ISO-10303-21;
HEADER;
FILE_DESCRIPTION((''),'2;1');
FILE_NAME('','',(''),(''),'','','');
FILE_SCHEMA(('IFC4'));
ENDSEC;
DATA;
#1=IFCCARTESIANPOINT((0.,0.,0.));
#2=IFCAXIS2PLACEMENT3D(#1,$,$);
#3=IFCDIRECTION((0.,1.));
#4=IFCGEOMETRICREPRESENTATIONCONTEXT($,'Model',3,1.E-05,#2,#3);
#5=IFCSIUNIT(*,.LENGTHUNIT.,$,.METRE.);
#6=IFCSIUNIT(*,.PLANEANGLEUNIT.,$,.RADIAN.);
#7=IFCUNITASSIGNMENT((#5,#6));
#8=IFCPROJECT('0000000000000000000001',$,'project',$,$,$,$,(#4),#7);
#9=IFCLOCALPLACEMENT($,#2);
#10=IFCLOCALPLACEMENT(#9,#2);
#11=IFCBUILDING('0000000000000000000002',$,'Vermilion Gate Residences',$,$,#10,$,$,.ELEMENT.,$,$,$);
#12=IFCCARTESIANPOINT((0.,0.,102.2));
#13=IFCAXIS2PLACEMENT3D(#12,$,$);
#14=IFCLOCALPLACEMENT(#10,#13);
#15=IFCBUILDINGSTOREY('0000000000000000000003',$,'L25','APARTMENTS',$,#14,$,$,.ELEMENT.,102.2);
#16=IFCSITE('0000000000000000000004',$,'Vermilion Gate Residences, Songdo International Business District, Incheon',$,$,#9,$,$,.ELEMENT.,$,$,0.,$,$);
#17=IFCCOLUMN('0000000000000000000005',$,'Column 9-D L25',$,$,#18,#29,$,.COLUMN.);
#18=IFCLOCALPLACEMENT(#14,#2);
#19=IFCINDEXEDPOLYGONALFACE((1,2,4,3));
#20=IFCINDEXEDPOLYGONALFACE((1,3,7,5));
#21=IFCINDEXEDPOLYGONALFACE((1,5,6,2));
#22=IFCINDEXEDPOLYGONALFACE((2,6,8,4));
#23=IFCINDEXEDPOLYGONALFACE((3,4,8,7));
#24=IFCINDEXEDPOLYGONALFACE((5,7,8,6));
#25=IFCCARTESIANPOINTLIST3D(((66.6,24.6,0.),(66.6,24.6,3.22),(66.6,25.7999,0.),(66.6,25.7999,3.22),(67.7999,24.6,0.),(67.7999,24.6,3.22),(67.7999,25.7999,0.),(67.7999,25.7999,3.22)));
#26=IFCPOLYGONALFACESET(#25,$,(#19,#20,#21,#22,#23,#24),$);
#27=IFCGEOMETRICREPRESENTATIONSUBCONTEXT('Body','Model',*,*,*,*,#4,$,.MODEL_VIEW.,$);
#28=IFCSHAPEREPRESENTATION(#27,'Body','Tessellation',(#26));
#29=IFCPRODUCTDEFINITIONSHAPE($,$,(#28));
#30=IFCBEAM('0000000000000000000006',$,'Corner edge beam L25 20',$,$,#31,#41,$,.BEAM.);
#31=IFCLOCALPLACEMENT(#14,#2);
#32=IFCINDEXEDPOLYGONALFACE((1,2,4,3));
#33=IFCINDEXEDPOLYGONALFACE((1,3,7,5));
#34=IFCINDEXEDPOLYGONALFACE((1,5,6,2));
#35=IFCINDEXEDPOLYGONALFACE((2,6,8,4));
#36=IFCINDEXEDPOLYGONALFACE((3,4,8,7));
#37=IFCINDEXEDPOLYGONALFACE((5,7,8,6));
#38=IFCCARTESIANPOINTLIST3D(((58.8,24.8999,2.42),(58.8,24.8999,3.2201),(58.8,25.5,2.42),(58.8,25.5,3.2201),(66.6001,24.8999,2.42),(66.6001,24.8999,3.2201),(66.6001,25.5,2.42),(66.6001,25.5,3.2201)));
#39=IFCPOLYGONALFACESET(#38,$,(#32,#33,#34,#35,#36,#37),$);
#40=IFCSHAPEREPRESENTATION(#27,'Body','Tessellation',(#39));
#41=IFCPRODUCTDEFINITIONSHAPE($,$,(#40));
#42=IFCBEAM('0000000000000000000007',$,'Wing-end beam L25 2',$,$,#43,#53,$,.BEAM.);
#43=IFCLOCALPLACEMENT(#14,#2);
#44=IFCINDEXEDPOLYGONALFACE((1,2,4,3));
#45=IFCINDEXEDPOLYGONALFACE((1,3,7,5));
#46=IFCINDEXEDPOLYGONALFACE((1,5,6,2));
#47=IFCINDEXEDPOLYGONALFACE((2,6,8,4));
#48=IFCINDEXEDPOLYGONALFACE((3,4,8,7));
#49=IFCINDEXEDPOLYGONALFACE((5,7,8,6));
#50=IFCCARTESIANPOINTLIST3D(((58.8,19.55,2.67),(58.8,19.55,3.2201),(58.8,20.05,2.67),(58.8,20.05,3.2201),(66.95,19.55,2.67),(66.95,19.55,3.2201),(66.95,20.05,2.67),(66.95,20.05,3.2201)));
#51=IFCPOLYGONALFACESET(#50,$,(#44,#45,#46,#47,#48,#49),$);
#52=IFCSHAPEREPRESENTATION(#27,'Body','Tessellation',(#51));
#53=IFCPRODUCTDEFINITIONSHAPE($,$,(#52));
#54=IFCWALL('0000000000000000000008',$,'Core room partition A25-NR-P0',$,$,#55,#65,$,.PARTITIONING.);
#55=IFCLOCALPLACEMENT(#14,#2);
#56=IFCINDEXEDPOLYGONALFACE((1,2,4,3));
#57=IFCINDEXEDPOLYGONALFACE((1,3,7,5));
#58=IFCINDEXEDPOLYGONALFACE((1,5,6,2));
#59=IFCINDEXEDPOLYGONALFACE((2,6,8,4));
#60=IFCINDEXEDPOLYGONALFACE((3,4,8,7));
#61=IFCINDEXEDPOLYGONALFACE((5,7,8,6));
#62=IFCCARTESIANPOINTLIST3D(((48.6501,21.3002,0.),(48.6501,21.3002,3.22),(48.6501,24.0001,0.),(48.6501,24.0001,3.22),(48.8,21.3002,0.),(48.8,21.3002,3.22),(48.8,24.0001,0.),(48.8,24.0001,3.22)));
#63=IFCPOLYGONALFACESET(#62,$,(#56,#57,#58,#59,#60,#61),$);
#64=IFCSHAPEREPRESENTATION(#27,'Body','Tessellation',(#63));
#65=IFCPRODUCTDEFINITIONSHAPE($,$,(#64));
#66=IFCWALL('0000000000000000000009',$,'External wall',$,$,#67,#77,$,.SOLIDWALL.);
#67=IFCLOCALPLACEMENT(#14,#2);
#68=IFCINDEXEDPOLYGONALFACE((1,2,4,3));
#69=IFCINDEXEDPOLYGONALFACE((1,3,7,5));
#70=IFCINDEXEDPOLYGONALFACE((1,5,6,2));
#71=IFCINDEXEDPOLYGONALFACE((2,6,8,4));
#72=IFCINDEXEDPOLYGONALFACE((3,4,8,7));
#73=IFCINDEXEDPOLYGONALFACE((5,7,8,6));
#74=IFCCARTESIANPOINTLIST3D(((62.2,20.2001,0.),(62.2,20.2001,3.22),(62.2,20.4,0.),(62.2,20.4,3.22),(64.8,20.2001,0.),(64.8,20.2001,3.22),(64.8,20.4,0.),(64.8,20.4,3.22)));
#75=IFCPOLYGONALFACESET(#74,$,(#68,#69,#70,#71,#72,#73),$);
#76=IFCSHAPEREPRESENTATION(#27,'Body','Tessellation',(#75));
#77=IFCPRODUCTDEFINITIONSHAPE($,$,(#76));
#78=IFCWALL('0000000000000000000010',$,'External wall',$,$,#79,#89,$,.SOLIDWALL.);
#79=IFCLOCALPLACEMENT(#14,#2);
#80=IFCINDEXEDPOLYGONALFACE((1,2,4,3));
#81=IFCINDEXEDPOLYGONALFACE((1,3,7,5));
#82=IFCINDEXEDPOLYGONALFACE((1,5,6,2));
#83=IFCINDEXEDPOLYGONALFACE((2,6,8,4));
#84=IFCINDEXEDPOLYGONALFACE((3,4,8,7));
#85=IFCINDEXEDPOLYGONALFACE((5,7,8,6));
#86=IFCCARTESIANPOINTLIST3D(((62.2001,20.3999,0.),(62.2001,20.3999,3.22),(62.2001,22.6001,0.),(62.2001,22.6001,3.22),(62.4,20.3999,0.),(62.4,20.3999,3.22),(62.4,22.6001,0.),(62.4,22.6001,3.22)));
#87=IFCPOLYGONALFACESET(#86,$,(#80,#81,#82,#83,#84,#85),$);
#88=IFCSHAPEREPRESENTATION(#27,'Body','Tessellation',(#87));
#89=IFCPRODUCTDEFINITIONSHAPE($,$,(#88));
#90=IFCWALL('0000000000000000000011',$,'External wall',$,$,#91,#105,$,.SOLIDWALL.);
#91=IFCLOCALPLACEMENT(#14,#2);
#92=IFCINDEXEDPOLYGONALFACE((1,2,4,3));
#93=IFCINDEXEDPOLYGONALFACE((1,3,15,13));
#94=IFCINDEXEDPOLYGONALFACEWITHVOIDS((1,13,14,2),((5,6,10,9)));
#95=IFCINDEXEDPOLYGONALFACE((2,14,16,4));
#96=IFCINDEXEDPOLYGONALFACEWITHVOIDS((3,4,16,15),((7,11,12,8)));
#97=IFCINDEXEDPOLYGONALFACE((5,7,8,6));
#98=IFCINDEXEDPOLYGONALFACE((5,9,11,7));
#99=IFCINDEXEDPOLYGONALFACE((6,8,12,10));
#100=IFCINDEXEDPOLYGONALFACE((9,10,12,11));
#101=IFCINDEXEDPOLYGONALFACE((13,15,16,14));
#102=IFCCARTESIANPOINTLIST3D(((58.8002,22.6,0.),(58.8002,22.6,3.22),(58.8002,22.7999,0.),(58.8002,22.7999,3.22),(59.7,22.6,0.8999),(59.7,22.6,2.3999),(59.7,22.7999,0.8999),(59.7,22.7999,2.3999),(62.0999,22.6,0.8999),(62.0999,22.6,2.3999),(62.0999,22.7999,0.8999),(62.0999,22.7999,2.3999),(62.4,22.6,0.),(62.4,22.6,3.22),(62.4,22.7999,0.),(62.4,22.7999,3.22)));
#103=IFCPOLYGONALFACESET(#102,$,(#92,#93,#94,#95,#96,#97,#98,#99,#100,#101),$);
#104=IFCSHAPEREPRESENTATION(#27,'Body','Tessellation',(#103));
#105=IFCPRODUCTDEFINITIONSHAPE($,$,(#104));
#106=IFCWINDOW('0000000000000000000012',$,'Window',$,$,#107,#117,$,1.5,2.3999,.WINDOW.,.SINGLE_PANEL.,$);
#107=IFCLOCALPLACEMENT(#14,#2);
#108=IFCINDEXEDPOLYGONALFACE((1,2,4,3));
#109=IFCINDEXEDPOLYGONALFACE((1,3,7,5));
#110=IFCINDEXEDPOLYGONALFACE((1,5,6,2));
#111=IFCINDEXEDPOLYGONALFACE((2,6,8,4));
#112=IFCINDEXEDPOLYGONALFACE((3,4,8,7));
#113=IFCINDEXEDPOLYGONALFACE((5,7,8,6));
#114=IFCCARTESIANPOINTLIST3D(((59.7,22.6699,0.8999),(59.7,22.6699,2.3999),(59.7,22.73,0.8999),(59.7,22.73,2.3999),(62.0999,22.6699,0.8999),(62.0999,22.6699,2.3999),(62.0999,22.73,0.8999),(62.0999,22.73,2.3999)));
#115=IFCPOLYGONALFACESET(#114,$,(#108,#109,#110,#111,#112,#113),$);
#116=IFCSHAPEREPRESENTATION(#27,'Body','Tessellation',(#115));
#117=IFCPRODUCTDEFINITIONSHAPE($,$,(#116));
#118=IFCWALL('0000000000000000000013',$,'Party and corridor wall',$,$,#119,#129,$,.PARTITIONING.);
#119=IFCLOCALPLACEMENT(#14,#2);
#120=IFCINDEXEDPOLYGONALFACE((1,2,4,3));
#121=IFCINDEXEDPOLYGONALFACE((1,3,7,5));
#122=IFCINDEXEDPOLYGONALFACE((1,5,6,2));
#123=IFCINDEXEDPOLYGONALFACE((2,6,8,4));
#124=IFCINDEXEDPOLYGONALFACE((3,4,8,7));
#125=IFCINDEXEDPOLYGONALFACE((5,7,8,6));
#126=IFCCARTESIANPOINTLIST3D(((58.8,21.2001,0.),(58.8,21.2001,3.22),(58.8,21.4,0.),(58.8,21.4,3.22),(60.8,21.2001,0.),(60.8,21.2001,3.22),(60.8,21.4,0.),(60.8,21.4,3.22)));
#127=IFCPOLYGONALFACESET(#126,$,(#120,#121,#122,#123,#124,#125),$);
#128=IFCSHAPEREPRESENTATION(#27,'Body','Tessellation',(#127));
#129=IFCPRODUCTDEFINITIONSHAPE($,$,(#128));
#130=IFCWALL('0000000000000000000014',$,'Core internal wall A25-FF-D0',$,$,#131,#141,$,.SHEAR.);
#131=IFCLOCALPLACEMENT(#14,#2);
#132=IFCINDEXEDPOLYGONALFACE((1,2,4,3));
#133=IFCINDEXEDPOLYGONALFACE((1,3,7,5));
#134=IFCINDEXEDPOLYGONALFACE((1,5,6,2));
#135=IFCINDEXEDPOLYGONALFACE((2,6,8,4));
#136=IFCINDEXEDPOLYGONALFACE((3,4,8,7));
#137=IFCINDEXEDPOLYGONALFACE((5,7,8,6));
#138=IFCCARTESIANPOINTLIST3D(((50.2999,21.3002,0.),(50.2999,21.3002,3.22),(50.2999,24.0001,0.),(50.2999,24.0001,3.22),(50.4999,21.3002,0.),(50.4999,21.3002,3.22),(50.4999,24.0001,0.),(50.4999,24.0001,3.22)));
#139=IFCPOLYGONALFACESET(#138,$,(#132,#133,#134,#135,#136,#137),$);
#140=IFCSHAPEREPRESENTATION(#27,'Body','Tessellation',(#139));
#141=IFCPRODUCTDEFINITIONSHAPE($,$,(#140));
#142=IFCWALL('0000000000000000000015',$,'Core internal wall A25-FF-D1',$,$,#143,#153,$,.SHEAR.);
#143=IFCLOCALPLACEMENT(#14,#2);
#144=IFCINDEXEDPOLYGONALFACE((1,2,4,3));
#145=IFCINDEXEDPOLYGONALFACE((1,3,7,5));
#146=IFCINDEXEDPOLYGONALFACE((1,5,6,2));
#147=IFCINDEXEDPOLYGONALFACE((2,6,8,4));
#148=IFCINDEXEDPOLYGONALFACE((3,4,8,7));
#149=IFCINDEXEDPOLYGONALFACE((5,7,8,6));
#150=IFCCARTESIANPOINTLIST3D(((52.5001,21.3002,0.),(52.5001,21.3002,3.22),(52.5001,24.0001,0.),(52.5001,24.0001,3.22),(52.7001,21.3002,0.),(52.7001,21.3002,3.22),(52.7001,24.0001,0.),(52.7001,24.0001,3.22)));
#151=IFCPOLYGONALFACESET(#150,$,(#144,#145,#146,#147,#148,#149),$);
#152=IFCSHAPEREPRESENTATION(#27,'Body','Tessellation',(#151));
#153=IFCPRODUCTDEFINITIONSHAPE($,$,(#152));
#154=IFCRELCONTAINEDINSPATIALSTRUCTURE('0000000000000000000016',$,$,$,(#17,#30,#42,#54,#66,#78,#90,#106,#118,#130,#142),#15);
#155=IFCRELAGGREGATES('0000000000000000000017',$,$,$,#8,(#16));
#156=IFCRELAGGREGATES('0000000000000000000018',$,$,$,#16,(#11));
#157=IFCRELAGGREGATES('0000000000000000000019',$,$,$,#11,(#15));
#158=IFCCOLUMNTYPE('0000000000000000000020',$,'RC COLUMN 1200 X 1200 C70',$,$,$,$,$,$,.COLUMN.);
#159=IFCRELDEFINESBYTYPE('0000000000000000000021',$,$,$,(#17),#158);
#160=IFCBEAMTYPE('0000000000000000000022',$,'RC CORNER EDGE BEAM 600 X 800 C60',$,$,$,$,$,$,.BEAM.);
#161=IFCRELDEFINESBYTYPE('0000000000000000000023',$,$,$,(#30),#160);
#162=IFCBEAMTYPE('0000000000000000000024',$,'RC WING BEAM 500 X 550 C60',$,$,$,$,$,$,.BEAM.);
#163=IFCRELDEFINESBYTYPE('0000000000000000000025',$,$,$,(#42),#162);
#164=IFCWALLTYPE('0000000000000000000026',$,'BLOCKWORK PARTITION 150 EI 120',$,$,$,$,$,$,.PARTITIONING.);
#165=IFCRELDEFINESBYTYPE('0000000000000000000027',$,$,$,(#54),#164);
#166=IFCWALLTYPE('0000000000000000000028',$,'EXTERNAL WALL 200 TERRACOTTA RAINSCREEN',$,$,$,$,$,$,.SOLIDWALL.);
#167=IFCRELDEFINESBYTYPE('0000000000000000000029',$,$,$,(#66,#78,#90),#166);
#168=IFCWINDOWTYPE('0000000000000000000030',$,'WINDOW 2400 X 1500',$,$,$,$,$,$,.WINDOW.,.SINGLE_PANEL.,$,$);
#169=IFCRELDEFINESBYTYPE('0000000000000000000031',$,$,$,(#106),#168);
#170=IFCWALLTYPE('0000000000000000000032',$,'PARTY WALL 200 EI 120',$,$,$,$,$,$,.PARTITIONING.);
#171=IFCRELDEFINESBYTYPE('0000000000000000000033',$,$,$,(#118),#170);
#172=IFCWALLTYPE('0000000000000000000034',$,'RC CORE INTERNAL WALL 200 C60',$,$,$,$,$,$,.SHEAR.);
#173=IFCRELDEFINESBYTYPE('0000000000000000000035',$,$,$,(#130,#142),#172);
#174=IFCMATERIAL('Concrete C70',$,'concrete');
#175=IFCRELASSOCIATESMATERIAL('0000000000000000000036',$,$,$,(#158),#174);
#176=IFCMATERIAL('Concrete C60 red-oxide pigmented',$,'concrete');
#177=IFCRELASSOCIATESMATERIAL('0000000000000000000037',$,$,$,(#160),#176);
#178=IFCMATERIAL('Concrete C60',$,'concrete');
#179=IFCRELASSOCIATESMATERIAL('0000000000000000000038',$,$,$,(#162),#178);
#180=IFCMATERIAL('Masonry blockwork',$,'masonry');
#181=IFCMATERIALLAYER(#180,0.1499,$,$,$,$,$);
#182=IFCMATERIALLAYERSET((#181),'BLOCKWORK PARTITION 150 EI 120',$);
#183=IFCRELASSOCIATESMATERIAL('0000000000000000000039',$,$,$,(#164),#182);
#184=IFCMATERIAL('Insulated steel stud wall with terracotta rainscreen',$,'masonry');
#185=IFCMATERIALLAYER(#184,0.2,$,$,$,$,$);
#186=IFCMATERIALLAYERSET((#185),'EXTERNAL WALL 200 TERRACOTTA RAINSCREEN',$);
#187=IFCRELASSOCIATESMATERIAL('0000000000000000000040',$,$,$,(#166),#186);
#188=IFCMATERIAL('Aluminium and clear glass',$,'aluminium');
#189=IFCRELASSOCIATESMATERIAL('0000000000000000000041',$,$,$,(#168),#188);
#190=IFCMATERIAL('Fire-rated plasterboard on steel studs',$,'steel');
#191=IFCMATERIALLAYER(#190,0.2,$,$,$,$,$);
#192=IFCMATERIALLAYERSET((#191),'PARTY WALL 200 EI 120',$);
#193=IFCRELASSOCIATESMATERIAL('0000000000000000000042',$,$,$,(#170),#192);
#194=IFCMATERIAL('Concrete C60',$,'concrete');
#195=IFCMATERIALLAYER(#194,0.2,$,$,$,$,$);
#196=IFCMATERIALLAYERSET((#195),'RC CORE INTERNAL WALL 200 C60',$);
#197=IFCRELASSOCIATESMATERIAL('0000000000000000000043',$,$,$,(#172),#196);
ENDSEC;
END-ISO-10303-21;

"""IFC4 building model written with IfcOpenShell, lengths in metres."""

from ifc_helpers import new_model, si_unit, direction, frame, frame_2d, origin, origin_2d, place, context, subcontext, project, spatial, rectangle, extrude, material, layer, layer_set, material_profile, profile_set, type_object, element, fill, save


model = new_model("IFC4")

# Units and contexts
model_context = context("Model", 3, precision=1e-05, world=origin(), true_north=direction((0.0, 1.0)))
body_context = subcontext(model_context, "Body", "Model", "MODEL_VIEW")
ifc_project = project(units=[si_unit("LENGTHUNIT", "METRE"), si_unit("PLANEANGLEUNIT", "RADIAN")], contexts=[model_context])

# Site, building, storey
site_placement = place(None, origin())
site = spatial("IfcSite", under=ifc_project, at=site_placement, Name="Vermilion Gate Residences, Songdo International Business District, Incheon", CompositionType="ELEMENT", RefElevation=0.0)
building_placement = place(site_placement, origin())
building = spatial("IfcBuilding", under=site, at=building_placement, Name="Vermilion Gate Residences", CompositionType="ELEMENT")
storey_placement = place(building_placement, frame((0.0, 0.0, 102.2)))
storey = spatial("IfcBuildingStorey", under=building, at=storey_placement, Name="L25", Description="APARTMENTS", CompositionType="ELEMENT", Elevation=102.2)

# Column
ifc_material_1 = material(Name="Concrete C70", Category="concrete")
ifc_material_profile_1 = material_profile(ifc_material_1, rectangle(XDim=1.2, YDim=1.2, at=origin_2d()), Name="RC-1200x1200")
ifc_profile_set_1 = profile_set([ifc_material_profile_1], Name="Concrete C70")
column_type = type_object("IfcColumnType", Name="RC COLUMN 1200 X 1200 C70", PredefinedType="COLUMN", material=ifc_profile_set_1)
column_placement = place(storey_placement, frame((67.2, 25.2, 0.0), z_axis=(0.0, 0.0, 1.0), x_axis=(1.0, 0.0, 0.0)))
element("IfcColumn", 1, at=column_placement, inside=storey, type_object=column_type, Name="Column 9-D L25", PredefinedType="COLUMN", context=body_context, shape_type="SweptSolid", body=[
    extrude(rectangle(XDim=1.2, YDim=1.2, at=origin_2d()), origin(), (0.0, 0.0, 1.0), 3.22),
])

# Beams
ifc_material_2 = material(Name="Concrete C60 red-oxide pigmented", Category="concrete")
ifc_material_profile_2 = material_profile(ifc_material_2, rectangle(XDim=0.6001, YDim=0.8, at=origin_2d()), Name="RC-600x800")
ifc_profile_set_2 = profile_set([ifc_material_profile_2], Name="Concrete C60 red-oxide pigmented")
beam_type_1 = type_object("IfcBeamType", Name="RC CORNER EDGE BEAM 600 X 800 C60", PredefinedType="BEAM", material=ifc_profile_set_2)
beam_1_placement = place(storey_placement, frame((58.8, 25.2, 2.8201), z_axis=(1.0, 0.0, 0.0), x_axis=(0.0, 1.0, 0.0)))
element("IfcBeam", 2, at=beam_1_placement, inside=storey, type_object=beam_type_1, Name="Corner edge beam L25 20", PredefinedType="BEAM", context=body_context, shape_type="SweptSolid", body=[
    extrude(rectangle(XDim=0.6001, YDim=0.8, at=origin_2d()), origin(), (0.0, 0.0, 1.0), 7.8),
])
ifc_material_3 = material(Name="Concrete C60", Category="concrete")
ifc_material_profile_3 = material_profile(ifc_material_3, rectangle(XDim=0.5, YDim=0.55, at=origin_2d()), Name="RC-500x550")
ifc_profile_set_3 = profile_set([ifc_material_profile_3], Name="Concrete C60")
beam_type_2 = type_object("IfcBeamType", Name="RC WING BEAM 500 X 550 C60", PredefinedType="BEAM", material=ifc_profile_set_3)
beam_2_placement = place(storey_placement, frame((58.8, 19.8, 2.9451), z_axis=(1.0, 0.0, 0.0), x_axis=(0.0, 1.0, 0.0)))
element("IfcBeam", 3, at=beam_2_placement, inside=storey, type_object=beam_type_2, Name="Wing-end beam L25 2", PredefinedType="BEAM", context=body_context, shape_type="SweptSolid", body=[
    extrude(rectangle(XDim=0.5, YDim=0.55, at=origin_2d()), origin(), (0.0, 0.0, 1.0), 8.1499),
])

# Walls
ifc_material_4 = material(Name="Masonry blockwork", Category="masonry")
ifc_layer_1 = layer(ifc_material_4, 0.1499)
ifc_layer_set_1 = layer_set([ifc_layer_1], Name="BLOCKWORK PARTITION 150 EI 120")
wall_type_1 = type_object("IfcWallType", Name="BLOCKWORK PARTITION 150 EI 120", PredefinedType="PARTITIONING", material=ifc_layer_set_1)
wall_1_placement = place(storey_placement, frame((48.7251, 21.3, 0.0), z_axis=(0.0, 0.0, 1.0), x_axis=(0.0, 1.0, 0.0)))
element("IfcWall", 4, at=wall_1_placement, inside=storey, type_object=wall_type_1, Name="Core room partition A25-NR-P0", PredefinedType="PARTITIONING", context=body_context, shape_type="SweptSolid", body=[
    extrude(rectangle(XDim=2.7, YDim=0.1499, at=frame_2d((1.3501, 0.0))), origin(), (0.0, 0.0, 1.0), 3.22),
])
ifc_material_5 = material(Name="Insulated steel stud wall with terracotta rainscreen", Category="masonry")
ifc_layer_2 = layer(ifc_material_5, 0.2)
ifc_layer_set_2 = layer_set([ifc_layer_2], Name="EXTERNAL WALL 200 TERRACOTTA RAINSCREEN")
wall_type_2 = type_object("IfcWallType", Name="EXTERNAL WALL 200 TERRACOTTA RAINSCREEN", PredefinedType="SOLIDWALL", material=ifc_layer_set_2)
wall_2_placement = place(storey_placement, frame((64.8, 20.3, 0.0), z_axis=(0.0, 0.0, 1.0), x_axis=(-1.0, 0.0, 0.0)))
element("IfcWall", 5, at=wall_2_placement, inside=storey, type_object=wall_type_2, Name="External wall", PredefinedType="SOLIDWALL", context=body_context, shape_type="SweptSolid", body=[
    extrude(rectangle(XDim=2.6001, YDim=0.2, at=frame_2d((1.3, 0.0))), origin(), (0.0, 0.0, 1.0), 3.22),
])
wall_3_placement = place(storey_placement, frame((62.3, 20.3999, 0.0), z_axis=(0.0, 0.0, 1.0), x_axis=(0.0, 1.0, 0.0)))
element("IfcWall", 6, at=wall_3_placement, inside=storey, type_object=wall_type_2, Name="External wall", PredefinedType="SOLIDWALL", context=body_context, shape_type="SweptSolid", body=[
    extrude(rectangle(XDim=2.2002, YDim=0.2, at=frame_2d((1.1001, 0.0))), origin(), (0.0, 0.0, 1.0), 3.22),
])

# Wall, opening, window
wall_4_placement = place(storey_placement, frame((62.3999, 22.7, 0.0), z_axis=(0.0, 0.0, 1.0), x_axis=(-1.0, 0.0, 0.0)))
wall_4 = element("IfcWall", 7, at=wall_4_placement, inside=storey, type_object=wall_type_2, Name="External wall", PredefinedType="SOLIDWALL", context=body_context, shape_type="SweptSolid", body=[
    extrude(rectangle(XDim=3.5999, YDim=0.2, at=frame_2d((1.7998, 0.0))), origin(), (0.0, 0.0, 1.0), 3.22),
])
opening_1_placement = place(wall_4_placement, frame((0.3, 0.0, 0.8999)))
opening_1 = element("IfcOpeningElement", 8, at=opening_1_placement, cuts=wall_4, PredefinedType="OPENING", context=body_context, shape_type="SweptSolid", body=[
    extrude(rectangle(XDim=2.3999, YDim=1.5, at=frame_2d((1.2, 0.75))), frame((0.0, 0.1099, 0.0), z_axis=(0.0, -1.0, 0.0), x_axis=(1.0, 0.0, 0.0)), (0.0, 0.0, 1.0), 0.22),
])
ifc_material_6 = material(Name="Aluminium and clear glass", Category="aluminium")
window_type = type_object("IfcWindowType", Name="WINDOW 2400 X 1500", PartitioningType="SINGLE_PANEL", PredefinedType="WINDOW", material=ifc_material_6)
window_placement = place(opening_1_placement, origin())
window = element("IfcWindow", 9, at=window_placement, inside=storey, type_object=window_type, Name="Window", OverallHeight=1.5, OverallWidth=2.3999, PartitioningType="SINGLE_PANEL", PredefinedType="WINDOW", context=body_context, shape_type="SweptSolid", body=[
    extrude(rectangle(XDim=2.3999, YDim=1.5, at=frame_2d((1.2, 0.75))), frame((0.0, 0.03, 0.0), z_axis=(0.0, -1.0, 0.0), x_axis=(1.0, 0.0, 0.0)), (0.0, 0.0, 1.0), 0.0601),
])
fill(opening_1, window)

# Walls
ifc_material_7 = material(Name="Fire-rated plasterboard on steel studs", Category="steel")
ifc_layer_3 = layer(ifc_material_7, 0.2)
ifc_layer_set_3 = layer_set([ifc_layer_3], Name="PARTY WALL 200 EI 120")
wall_type_3 = type_object("IfcWallType", Name="PARTY WALL 200 EI 120", PredefinedType="PARTITIONING", material=ifc_layer_set_3)
wall_5_placement = place(storey_placement, frame((58.8, 21.3, 0.0), z_axis=(0.0, 0.0, 1.0), x_axis=(1.0, 0.0, 0.0)))
element("IfcWall", 10, at=wall_5_placement, inside=storey, type_object=wall_type_3, Name="Party and corridor wall", PredefinedType="PARTITIONING", context=body_context, shape_type="SweptSolid", body=[
    extrude(rectangle(XDim=2.0, YDim=0.2, at=frame_2d((1.0, 0.0))), origin(), (0.0, 0.0, 1.0), 3.22),
])
ifc_material_8 = material(Name="Concrete C60", Category="concrete")
ifc_layer_4 = layer(ifc_material_8, 0.2)
ifc_layer_set_4 = layer_set([ifc_layer_4], Name="RC CORE INTERNAL WALL 200 C60")
wall_type_4 = type_object("IfcWallType", Name="RC CORE INTERNAL WALL 200 C60", PredefinedType="SHEAR", material=ifc_layer_set_4)
for number, where, z_axis, x_axis, name in (
    (11, (50.3999, 21.3, 0.0), (0.0, 0.0, 1.0), (0.0, 1.0, 0.0), "Core internal wall A25-FF-D0"),
    (12, (52.6001, 21.3, 0.0), (0.0, 0.0, 1.0), (0.0, 1.0, 0.0), "Core internal wall A25-FF-D1"),
):
    element("IfcWall", number, at=place(storey_placement, frame(where, z_axis=z_axis, x_axis=x_axis)), inside=storey, type_object=wall_type_4, Name=name, PredefinedType="SHEAR", context=body_context, shape_type="SweptSolid", body=[
        extrude(rectangle(XDim=2.7, YDim=0.2, at=frame_2d((1.3501, 0.0))), origin(), (0.0, 0.0, 1.0), 3.22),
    ])

save(model, "model.ifc")
